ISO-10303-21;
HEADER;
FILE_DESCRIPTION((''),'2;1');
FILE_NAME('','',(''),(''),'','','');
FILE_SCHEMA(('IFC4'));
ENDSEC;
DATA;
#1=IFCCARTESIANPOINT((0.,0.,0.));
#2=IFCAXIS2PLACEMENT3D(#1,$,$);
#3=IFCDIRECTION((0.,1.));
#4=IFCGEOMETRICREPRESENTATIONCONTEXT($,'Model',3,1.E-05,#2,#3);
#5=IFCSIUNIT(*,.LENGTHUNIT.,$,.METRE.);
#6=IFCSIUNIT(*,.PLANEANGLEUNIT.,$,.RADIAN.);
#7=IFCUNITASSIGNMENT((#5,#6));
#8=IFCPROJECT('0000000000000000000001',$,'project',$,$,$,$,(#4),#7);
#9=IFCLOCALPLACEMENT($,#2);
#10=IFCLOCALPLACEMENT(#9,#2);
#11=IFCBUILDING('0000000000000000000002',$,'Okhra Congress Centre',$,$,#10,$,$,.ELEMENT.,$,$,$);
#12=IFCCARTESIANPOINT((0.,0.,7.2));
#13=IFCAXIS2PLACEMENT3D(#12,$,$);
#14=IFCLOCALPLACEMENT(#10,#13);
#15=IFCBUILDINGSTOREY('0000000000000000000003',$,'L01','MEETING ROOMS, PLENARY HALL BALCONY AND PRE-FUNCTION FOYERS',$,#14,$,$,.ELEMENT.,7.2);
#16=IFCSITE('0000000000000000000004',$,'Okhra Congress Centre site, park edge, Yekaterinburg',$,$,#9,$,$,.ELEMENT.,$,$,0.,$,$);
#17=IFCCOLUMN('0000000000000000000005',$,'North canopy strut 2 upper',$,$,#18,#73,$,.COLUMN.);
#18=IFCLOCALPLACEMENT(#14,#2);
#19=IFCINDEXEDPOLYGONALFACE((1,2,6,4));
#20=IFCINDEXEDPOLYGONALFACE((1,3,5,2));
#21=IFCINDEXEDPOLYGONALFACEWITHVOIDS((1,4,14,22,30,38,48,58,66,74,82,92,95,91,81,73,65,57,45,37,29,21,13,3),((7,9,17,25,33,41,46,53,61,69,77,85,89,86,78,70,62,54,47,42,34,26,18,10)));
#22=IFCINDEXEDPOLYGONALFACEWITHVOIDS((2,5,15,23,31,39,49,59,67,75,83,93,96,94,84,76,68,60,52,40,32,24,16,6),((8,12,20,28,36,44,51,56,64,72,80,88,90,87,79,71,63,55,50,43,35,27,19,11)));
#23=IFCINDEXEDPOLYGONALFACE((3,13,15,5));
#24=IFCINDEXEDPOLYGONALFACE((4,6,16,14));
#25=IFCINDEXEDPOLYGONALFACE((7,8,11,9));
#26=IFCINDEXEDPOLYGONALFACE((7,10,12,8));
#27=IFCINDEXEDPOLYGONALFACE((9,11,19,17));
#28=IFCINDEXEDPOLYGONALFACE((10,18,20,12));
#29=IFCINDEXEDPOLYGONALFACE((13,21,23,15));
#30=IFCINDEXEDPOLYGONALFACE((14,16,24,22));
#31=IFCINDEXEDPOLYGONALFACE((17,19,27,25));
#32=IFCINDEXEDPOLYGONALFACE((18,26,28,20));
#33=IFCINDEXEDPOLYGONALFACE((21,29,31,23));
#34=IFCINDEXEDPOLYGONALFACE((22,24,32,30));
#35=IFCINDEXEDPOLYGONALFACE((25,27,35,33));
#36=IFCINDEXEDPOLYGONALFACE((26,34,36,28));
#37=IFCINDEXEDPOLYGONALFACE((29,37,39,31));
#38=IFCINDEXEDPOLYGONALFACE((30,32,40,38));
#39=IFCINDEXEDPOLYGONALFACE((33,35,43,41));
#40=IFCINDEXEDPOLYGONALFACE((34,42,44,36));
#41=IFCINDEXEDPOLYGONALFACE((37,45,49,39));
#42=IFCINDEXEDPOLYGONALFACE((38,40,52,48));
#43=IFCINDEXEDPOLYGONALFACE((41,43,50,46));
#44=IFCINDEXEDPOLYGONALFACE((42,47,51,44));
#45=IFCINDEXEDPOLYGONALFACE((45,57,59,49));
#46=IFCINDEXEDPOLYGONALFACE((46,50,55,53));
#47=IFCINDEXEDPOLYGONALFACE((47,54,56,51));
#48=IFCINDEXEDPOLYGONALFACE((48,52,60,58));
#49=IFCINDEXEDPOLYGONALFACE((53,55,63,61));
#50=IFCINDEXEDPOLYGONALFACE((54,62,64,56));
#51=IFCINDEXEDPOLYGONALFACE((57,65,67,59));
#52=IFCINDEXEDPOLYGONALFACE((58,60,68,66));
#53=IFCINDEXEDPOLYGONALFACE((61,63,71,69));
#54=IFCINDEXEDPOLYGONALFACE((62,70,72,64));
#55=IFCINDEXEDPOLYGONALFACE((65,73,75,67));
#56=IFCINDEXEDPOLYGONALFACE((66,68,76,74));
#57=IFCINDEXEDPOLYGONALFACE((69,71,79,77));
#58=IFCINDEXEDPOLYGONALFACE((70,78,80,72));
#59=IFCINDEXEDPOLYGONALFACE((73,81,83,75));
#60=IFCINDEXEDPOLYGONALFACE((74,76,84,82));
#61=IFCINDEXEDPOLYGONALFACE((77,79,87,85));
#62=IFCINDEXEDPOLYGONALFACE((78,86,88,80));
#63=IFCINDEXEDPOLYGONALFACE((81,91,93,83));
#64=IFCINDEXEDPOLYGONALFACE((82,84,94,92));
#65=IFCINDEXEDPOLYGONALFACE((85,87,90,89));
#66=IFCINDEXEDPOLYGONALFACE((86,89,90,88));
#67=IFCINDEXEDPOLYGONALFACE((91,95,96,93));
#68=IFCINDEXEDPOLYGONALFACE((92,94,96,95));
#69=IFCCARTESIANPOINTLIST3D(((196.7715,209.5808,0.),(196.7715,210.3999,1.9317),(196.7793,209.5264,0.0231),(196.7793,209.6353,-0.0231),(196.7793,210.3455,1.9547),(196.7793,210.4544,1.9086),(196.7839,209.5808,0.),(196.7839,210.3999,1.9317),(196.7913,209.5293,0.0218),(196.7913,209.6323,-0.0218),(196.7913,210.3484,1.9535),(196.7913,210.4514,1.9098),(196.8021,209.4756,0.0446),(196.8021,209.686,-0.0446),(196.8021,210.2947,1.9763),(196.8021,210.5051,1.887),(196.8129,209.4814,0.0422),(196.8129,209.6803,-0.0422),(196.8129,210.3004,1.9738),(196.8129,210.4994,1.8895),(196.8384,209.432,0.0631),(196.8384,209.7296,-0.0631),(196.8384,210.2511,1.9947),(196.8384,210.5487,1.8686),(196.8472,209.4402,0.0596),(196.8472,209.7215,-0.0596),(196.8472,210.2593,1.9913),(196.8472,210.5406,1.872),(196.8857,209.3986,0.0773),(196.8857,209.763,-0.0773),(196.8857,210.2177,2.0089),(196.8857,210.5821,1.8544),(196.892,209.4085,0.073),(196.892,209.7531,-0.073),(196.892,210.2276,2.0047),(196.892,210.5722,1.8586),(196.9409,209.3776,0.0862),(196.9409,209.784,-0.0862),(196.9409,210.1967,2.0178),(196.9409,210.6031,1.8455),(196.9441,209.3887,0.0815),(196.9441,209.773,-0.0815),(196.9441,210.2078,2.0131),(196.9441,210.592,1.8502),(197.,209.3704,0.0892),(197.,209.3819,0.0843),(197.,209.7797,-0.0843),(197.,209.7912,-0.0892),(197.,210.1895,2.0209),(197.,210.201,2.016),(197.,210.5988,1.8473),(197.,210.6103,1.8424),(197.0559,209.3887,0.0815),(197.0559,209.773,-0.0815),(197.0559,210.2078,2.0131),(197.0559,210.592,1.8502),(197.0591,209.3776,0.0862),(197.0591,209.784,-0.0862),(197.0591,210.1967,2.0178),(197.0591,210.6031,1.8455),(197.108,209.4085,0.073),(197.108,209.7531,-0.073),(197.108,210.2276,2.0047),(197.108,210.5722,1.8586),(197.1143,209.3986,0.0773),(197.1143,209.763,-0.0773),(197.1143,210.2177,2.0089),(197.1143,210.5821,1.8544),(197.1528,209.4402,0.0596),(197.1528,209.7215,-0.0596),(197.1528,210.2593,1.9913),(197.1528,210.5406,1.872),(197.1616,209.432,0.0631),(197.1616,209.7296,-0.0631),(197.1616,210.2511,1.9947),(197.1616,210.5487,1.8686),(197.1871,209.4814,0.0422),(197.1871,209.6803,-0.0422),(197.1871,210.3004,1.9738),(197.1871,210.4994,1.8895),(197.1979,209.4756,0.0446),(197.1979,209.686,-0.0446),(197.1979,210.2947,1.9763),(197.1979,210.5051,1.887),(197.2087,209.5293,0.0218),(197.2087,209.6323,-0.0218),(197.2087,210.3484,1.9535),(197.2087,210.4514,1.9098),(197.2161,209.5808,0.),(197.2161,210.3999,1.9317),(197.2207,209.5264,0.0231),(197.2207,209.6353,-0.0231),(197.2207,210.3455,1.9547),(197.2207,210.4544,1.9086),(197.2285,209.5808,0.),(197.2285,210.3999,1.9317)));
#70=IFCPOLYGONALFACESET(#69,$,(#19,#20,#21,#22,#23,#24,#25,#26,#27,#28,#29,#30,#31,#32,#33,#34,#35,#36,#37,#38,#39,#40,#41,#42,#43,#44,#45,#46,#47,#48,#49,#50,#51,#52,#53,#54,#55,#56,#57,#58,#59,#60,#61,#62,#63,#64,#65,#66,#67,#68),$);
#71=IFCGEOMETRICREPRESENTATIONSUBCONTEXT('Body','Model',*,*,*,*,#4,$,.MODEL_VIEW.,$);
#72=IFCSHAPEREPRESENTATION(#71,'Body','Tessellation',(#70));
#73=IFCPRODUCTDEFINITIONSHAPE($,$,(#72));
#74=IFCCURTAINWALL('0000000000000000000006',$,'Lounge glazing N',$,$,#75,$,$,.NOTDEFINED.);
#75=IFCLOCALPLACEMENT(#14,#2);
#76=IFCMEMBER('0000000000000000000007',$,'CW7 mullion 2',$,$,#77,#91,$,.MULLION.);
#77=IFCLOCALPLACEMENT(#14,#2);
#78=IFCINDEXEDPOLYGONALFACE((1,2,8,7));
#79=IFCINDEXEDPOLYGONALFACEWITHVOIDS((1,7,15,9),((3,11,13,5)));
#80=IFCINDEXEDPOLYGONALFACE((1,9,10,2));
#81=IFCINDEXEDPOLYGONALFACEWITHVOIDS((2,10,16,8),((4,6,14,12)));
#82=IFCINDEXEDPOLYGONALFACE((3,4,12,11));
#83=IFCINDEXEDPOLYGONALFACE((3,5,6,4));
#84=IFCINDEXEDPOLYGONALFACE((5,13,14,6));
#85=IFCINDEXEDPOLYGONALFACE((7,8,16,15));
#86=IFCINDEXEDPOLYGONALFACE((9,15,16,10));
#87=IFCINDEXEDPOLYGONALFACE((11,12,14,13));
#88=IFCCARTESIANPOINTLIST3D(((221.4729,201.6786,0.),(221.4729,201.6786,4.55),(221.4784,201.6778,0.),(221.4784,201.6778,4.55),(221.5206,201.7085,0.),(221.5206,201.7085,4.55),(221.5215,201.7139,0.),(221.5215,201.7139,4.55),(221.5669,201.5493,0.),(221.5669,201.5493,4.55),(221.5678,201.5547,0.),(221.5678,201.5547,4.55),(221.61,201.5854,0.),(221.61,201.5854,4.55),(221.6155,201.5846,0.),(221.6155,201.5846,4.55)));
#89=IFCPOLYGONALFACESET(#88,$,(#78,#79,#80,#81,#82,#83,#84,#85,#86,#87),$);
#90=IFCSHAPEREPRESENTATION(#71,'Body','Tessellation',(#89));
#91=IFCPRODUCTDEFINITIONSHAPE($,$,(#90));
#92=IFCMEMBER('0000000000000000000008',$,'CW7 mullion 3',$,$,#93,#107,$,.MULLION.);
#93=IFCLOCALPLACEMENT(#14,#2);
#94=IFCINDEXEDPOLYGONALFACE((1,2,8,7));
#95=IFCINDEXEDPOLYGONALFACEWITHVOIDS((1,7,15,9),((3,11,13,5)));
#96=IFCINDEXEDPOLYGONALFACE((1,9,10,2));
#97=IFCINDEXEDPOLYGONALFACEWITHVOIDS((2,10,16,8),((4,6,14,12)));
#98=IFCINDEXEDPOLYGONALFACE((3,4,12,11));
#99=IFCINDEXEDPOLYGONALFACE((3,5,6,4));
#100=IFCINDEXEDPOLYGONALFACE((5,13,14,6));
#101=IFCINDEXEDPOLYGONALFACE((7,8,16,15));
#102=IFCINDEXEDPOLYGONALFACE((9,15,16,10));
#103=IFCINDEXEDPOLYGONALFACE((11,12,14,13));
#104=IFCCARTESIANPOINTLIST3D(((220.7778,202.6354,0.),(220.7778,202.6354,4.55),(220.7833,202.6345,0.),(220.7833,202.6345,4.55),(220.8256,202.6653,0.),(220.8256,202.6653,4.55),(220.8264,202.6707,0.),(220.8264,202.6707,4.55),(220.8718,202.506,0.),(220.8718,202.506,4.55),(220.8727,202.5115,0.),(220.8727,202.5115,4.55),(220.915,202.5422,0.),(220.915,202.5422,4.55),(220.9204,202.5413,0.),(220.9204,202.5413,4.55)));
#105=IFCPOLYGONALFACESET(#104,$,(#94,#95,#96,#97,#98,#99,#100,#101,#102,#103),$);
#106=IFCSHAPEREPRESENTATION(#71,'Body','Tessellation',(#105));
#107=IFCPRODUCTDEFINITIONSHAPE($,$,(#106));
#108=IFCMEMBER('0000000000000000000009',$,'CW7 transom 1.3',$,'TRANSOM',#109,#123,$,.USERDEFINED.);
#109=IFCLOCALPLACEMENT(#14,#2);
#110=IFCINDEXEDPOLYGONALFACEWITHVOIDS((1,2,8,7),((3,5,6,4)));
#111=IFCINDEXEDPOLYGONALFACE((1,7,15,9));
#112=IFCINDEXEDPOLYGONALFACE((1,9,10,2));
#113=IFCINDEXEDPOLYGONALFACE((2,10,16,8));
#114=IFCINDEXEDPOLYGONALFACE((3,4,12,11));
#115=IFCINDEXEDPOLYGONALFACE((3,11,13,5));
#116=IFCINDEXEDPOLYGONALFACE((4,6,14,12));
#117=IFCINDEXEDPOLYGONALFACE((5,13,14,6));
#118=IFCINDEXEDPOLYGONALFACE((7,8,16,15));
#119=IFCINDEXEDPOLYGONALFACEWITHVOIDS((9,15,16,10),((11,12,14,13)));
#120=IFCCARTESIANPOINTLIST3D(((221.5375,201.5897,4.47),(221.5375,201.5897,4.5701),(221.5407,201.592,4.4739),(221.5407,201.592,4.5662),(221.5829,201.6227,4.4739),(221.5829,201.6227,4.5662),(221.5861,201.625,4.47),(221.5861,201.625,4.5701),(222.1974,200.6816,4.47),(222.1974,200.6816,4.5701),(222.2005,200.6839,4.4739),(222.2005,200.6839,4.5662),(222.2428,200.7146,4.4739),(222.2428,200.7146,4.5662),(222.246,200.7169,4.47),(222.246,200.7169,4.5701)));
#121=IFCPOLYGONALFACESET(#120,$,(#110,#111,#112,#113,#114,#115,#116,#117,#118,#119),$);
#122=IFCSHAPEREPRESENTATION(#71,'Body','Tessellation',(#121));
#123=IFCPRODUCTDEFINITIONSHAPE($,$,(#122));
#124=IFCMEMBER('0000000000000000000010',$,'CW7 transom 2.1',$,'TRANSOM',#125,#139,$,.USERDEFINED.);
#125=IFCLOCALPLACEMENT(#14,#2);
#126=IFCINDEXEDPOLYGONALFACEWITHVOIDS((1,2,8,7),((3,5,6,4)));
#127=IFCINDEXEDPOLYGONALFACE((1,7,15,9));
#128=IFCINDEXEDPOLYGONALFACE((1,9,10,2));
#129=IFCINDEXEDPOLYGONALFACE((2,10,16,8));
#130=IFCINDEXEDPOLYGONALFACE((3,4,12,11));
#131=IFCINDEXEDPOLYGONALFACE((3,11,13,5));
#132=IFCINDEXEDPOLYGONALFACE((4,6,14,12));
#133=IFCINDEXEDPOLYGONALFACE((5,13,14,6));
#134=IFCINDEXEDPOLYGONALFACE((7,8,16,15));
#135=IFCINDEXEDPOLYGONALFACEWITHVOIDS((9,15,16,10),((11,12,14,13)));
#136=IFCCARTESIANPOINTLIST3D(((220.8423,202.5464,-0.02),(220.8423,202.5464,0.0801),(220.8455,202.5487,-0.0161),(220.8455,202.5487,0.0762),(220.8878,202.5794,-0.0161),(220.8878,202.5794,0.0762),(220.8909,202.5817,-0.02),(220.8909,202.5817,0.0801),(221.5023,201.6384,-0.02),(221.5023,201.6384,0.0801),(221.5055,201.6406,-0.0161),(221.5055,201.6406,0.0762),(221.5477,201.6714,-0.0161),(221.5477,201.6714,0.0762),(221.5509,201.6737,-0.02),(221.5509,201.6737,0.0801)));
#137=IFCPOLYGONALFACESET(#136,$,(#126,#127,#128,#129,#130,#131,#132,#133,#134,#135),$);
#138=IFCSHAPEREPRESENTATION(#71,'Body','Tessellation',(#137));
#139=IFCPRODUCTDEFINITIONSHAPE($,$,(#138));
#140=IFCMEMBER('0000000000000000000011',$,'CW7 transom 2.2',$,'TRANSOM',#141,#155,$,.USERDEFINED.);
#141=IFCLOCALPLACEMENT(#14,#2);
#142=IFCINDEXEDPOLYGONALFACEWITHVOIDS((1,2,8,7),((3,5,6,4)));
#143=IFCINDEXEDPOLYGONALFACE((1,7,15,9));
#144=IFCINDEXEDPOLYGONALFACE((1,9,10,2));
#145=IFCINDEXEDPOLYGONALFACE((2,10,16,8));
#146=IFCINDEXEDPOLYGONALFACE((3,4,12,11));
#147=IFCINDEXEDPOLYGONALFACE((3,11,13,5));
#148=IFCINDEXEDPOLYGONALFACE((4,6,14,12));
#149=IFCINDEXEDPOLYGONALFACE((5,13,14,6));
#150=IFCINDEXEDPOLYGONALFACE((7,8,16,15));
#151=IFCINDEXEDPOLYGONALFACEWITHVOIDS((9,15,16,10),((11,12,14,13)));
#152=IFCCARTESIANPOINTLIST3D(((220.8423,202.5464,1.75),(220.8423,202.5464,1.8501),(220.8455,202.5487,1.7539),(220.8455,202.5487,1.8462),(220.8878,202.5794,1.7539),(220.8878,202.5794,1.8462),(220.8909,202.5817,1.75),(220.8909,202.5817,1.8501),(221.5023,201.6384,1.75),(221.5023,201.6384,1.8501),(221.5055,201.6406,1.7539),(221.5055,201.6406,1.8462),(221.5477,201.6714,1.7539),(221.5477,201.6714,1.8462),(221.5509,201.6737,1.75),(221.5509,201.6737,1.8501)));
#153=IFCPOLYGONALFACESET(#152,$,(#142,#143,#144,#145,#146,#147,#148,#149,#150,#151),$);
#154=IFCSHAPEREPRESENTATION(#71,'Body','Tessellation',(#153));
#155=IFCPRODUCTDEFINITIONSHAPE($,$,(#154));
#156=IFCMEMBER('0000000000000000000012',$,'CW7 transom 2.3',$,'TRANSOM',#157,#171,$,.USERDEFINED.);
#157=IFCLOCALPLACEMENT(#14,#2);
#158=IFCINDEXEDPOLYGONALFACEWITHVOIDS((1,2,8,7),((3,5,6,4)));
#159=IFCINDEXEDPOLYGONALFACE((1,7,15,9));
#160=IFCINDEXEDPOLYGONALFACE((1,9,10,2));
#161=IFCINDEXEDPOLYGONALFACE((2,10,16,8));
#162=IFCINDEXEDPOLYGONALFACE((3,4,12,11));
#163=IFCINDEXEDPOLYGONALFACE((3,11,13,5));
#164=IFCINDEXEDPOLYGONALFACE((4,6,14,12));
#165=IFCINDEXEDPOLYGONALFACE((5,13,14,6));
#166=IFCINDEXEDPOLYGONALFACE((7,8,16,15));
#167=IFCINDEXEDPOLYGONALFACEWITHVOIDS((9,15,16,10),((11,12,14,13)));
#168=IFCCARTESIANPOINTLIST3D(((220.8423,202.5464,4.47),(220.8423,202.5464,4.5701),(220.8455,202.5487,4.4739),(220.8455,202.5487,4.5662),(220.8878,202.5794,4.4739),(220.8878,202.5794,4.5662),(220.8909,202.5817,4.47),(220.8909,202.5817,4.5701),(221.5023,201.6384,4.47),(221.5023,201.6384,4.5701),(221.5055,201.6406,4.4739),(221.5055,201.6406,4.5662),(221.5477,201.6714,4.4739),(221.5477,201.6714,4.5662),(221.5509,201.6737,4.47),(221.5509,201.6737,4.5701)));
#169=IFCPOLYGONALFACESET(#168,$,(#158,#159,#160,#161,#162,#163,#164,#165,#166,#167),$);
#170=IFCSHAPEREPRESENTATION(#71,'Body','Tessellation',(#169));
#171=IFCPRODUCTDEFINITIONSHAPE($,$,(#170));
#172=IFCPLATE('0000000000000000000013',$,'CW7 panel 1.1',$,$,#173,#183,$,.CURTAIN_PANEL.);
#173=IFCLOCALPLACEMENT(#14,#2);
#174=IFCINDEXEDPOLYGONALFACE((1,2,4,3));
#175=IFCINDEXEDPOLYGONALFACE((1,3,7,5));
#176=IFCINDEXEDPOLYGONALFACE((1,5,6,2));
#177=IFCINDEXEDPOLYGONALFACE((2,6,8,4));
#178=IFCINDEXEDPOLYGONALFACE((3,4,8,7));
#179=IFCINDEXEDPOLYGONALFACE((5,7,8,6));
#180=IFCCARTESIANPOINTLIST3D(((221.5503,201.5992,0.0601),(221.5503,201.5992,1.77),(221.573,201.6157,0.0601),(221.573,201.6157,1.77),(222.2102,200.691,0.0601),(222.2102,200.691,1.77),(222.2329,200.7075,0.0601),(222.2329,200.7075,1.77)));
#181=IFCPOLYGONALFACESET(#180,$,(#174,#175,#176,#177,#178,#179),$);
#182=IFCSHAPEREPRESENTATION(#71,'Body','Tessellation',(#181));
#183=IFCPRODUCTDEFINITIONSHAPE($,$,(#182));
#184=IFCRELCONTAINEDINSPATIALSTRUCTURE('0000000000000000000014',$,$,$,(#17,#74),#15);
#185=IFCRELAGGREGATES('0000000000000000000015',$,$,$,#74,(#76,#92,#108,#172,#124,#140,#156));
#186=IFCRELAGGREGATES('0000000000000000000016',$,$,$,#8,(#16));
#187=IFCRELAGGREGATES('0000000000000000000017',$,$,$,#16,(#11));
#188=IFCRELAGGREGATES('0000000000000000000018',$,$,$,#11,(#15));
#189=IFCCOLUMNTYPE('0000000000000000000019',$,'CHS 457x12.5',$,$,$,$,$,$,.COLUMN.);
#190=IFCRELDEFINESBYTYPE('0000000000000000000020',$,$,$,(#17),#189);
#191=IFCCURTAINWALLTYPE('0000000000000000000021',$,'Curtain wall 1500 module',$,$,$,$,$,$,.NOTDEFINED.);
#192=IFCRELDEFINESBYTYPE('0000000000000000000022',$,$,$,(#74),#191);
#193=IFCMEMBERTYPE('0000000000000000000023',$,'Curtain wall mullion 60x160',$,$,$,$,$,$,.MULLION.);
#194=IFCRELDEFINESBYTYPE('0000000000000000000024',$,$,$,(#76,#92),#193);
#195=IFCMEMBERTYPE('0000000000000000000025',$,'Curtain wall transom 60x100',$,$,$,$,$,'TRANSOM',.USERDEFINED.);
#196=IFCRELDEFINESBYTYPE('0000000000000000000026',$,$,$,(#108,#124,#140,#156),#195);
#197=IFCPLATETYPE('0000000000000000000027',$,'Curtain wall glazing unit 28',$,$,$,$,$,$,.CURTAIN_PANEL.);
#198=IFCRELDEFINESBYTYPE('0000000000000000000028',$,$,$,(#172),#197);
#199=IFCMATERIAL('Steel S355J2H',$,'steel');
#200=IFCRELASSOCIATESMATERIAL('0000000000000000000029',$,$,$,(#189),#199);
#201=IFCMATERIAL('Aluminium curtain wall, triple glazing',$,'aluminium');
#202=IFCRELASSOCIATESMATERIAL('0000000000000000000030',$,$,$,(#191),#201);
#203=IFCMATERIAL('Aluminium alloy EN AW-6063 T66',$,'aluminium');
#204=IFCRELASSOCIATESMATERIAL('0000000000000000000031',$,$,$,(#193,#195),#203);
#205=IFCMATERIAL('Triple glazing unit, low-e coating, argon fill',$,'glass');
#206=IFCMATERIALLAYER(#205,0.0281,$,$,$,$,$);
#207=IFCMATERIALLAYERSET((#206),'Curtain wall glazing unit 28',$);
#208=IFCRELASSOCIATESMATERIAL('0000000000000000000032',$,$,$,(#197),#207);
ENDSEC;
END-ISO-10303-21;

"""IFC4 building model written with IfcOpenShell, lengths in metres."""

from ifc_helpers import new_model, si_unit, direction, frame, origin, origin_2d, place, context, subcontext, project, spatial, rectangle, hollow_rectangle, hollow_circle, extrude, material, layer, layer_set, material_profile, profile_set, type_object, element, aggregate, save


model = new_model("IFC4")

# Units and contexts
model_context = context("Model", 3, precision=1e-05, world=origin(), true_north=direction((0.0, 1.0)))
body_context = subcontext(model_context, "Body", "Model", "MODEL_VIEW")
ifc_project = project(units=[si_unit("LENGTHUNIT", "METRE"), si_unit("PLANEANGLEUNIT", "RADIAN")], contexts=[model_context])

# Site, building, storey
site_placement = place(None, origin())
site = spatial("IfcSite", under=ifc_project, at=site_placement, Name="Okhra Congress Centre site, park edge, Yekaterinburg", CompositionType="ELEMENT", RefElevation=0.0)
building_placement = place(site_placement, origin())
building = spatial("IfcBuilding", under=site, at=building_placement, Name="Okhra Congress Centre", CompositionType="ELEMENT")
storey_placement = place(building_placement, frame((0.0, 0.0, 7.2)))
storey = spatial("IfcBuildingStorey", under=building, at=storey_placement, Name="L01", Description="MEETING ROOMS, PLENARY HALL BALCONY AND PRE-FUNCTION FOYERS", CompositionType="ELEMENT", Elevation=7.2)

# Column
ifc_material_1 = material(Name="Steel S355J2H", Category="steel")
ifc_material_profile_1 = material_profile(ifc_material_1, hollow_circle(Radius=0.2285, WallThickness=0.0125, at=origin_2d()), Name="CHS 457x12.5")
ifc_profile_set_1 = profile_set([ifc_material_profile_1], Name="Steel S355J2H")
column_type = type_object("IfcColumnType", Name="CHS 457x12.5", PredefinedType="COLUMN", material=ifc_profile_set_1)
column_placement = place(storey_placement, frame((197.0, 209.5808, 0.0), z_axis=(0.0, 0.390391, 0.920649), x_axis=(-1.0, 0.0, 0.0)))
element("IfcColumn", 1, at=column_placement, inside=storey, type_object=column_type, Name="North canopy strut 2 upper", PredefinedType="COLUMN", context=body_context, shape_type="SweptSolid", body=[
    extrude(hollow_circle(Radius=0.2285, WallThickness=0.0125, at=origin_2d()), origin(), (0.0, 0.0, 1.0), 2.0981),
])

# Curtain wall, members, plate
ifc_material_2 = material(Name="Aluminium curtain wall, triple glazing", Category="aluminium")
curtain_wall_type = type_object("IfcCurtainWallType", Name="Curtain wall 1500 module", PredefinedType="NOTDEFINED", material=ifc_material_2)
curtain_wall_placement = place(storey_placement, origin())
curtain_wall = element("IfcCurtainWall", 2, at=curtain_wall_placement, inside=storey, type_object=curtain_wall_type, Name="Lounge glazing N", PredefinedType="NOTDEFINED")
ifc_material_3 = material(Name="Aluminium alloy EN AW-6063 T66", Category="aluminium")
ifc_material_profile_2 = material_profile(ifc_material_3, hollow_rectangle(XDim=0.0601, YDim=0.1599, WallThickness=0.0039, at=origin_2d()), Name="RHS 60x160x4")
ifc_profile_set_2 = profile_set([ifc_material_profile_2], Name="Aluminium alloy EN AW-6063 T66")
member_type_1 = type_object("IfcMemberType", Name="Curtain wall mullion 60x160", PredefinedType="MULLION", material=ifc_profile_set_2)
member_1_placement = place(storey_placement, frame((221.5442, 201.6316, 0.0), z_axis=(0.0, 0.0, 1.0), x_axis=(-0.809017, -0.587785, 0.0)))
member_1 = element("IfcMember", 3, at=member_1_placement, type_object=member_type_1, Name="CW7 mullion 2", PredefinedType="MULLION", context=body_context, shape_type="SweptSolid", body=[
    extrude(hollow_rectangle(XDim=0.0601, YDim=0.1599, WallThickness=0.0039, at=origin_2d()), origin(), (0.0, 0.0, 1.0), 4.55),
])
member_2_placement = place(storey_placement, frame((220.8491, 202.5884, 0.0), z_axis=(0.0, 0.0, 1.0), x_axis=(-0.809017, -0.587785, 0.0)))
member_2 = element("IfcMember", 4, at=member_2_placement, type_object=member_type_1, Name="CW7 mullion 3", PredefinedType="MULLION", context=body_context, shape_type="SweptSolid", body=[
    extrude(hollow_rectangle(XDim=0.0601, YDim=0.1599, WallThickness=0.0039, at=origin_2d()), origin(), (0.0, 0.0, 1.0), 4.55),
])
ifc_material_profile_3 = material_profile(ifc_material_3, hollow_rectangle(XDim=0.0601, YDim=0.1001, WallThickness=0.0039, at=origin_2d()), Name="RHS 60x100x4")
ifc_profile_set_3 = profile_set([ifc_material_profile_3], Name="Aluminium alloy EN AW-6063 T66")
member_type_2 = type_object("IfcMemberType", Name="Curtain wall transom 60x100", ElementType="TRANSOM", PredefinedType="USERDEFINED", material=ifc_profile_set_3)
member_3_placement = place(storey_placement, frame((222.2217, 200.6992, 4.52), z_axis=(-0.587823, 0.80899, 0.0), x_axis=(-0.80899, -0.587823, 0.0)))
member_3 = element("IfcMember", 5, at=member_3_placement, type_object=member_type_2, Name="CW7 transom 1.3", ObjectType="TRANSOM", PredefinedType="USERDEFINED", context=body_context, shape_type="SweptSolid", body=[
    extrude(hollow_rectangle(XDim=0.0601, YDim=0.1001, WallThickness=0.0039, at=origin_2d()), origin(), (0.0, 0.0, 1.0), 1.1226),
])
member_4_placement = place(storey_placement, frame((221.5266, 201.656, 0.03), z_axis=(-0.587926, 0.808915, 0.0), x_axis=(-0.808915, -0.587926, 0.0)))
member_4 = element("IfcMember", 6, at=member_4_placement, type_object=member_type_2, Name="CW7 transom 2.1", ObjectType="TRANSOM", PredefinedType="USERDEFINED", context=body_context, shape_type="SweptSolid", body=[
    extrude(hollow_rectangle(XDim=0.0601, YDim=0.1001, WallThickness=0.0039, at=origin_2d()), origin(), (0.0, 0.0, 1.0), 1.1226),
])
member_5_placement = place(storey_placement, frame((221.5266, 201.656, 1.8), z_axis=(-0.587926, 0.808915, 0.0), x_axis=(-0.808915, -0.587926, 0.0)))
member_5 = element("IfcMember", 7, at=member_5_placement, type_object=member_type_2, Name="CW7 transom 2.2", ObjectType="TRANSOM", PredefinedType="USERDEFINED", context=body_context, shape_type="SweptSolid", body=[
    extrude(hollow_rectangle(XDim=0.0601, YDim=0.1001, WallThickness=0.0039, at=origin_2d()), origin(), (0.0, 0.0, 1.0), 1.1226),
])
member_6_placement = place(storey_placement, frame((221.5266, 201.656, 4.52), z_axis=(-0.587926, 0.808915, 0.0), x_axis=(-0.808915, -0.587926, 0.0)))
member_6 = element("IfcMember", 8, at=member_6_placement, type_object=member_type_2, Name="CW7 transom 2.3", ObjectType="TRANSOM", PredefinedType="USERDEFINED", context=body_context, shape_type="SweptSolid", body=[
    extrude(hollow_rectangle(XDim=0.0601, YDim=0.1001, WallThickness=0.0039, at=origin_2d()), origin(), (0.0, 0.0, 1.0), 1.1226),
])
ifc_material_4 = material(Name="Triple glazing unit, low-e coating, argon fill", Category="glass")
ifc_layer_1 = layer(ifc_material_4, 0.0281)
ifc_layer_set_1 = layer_set([ifc_layer_1], Name="Curtain wall glazing unit 28")
plate_type = type_object("IfcPlateType", Name="Curtain wall glazing unit 28", PredefinedType="CURTAIN_PANEL", material=ifc_layer_set_1)
plate_1_placement = place(storey_placement, frame((221.8916, 201.1533, 0.0601), z_axis=(0.0, 0.0, 1.0), x_axis=(-0.587785, 0.809017, 0.0)))
plate_1 = element("IfcPlate", 9, at=plate_1_placement, type_object=plate_type, Name="CW7 panel 1.1", PredefinedType="CURTAIN_PANEL", context=body_context, shape_type="SweptSolid", body=[
    extrude(rectangle(XDim=1.1226, YDim=0.0281, at=origin_2d()), origin(), (0.0, 0.0, 1.0), 1.71),
])
aggregate(curtain_wall, [member_1, member_2, member_3, plate_1, member_4, member_5, member_6])

save(model, "model.ifc")
